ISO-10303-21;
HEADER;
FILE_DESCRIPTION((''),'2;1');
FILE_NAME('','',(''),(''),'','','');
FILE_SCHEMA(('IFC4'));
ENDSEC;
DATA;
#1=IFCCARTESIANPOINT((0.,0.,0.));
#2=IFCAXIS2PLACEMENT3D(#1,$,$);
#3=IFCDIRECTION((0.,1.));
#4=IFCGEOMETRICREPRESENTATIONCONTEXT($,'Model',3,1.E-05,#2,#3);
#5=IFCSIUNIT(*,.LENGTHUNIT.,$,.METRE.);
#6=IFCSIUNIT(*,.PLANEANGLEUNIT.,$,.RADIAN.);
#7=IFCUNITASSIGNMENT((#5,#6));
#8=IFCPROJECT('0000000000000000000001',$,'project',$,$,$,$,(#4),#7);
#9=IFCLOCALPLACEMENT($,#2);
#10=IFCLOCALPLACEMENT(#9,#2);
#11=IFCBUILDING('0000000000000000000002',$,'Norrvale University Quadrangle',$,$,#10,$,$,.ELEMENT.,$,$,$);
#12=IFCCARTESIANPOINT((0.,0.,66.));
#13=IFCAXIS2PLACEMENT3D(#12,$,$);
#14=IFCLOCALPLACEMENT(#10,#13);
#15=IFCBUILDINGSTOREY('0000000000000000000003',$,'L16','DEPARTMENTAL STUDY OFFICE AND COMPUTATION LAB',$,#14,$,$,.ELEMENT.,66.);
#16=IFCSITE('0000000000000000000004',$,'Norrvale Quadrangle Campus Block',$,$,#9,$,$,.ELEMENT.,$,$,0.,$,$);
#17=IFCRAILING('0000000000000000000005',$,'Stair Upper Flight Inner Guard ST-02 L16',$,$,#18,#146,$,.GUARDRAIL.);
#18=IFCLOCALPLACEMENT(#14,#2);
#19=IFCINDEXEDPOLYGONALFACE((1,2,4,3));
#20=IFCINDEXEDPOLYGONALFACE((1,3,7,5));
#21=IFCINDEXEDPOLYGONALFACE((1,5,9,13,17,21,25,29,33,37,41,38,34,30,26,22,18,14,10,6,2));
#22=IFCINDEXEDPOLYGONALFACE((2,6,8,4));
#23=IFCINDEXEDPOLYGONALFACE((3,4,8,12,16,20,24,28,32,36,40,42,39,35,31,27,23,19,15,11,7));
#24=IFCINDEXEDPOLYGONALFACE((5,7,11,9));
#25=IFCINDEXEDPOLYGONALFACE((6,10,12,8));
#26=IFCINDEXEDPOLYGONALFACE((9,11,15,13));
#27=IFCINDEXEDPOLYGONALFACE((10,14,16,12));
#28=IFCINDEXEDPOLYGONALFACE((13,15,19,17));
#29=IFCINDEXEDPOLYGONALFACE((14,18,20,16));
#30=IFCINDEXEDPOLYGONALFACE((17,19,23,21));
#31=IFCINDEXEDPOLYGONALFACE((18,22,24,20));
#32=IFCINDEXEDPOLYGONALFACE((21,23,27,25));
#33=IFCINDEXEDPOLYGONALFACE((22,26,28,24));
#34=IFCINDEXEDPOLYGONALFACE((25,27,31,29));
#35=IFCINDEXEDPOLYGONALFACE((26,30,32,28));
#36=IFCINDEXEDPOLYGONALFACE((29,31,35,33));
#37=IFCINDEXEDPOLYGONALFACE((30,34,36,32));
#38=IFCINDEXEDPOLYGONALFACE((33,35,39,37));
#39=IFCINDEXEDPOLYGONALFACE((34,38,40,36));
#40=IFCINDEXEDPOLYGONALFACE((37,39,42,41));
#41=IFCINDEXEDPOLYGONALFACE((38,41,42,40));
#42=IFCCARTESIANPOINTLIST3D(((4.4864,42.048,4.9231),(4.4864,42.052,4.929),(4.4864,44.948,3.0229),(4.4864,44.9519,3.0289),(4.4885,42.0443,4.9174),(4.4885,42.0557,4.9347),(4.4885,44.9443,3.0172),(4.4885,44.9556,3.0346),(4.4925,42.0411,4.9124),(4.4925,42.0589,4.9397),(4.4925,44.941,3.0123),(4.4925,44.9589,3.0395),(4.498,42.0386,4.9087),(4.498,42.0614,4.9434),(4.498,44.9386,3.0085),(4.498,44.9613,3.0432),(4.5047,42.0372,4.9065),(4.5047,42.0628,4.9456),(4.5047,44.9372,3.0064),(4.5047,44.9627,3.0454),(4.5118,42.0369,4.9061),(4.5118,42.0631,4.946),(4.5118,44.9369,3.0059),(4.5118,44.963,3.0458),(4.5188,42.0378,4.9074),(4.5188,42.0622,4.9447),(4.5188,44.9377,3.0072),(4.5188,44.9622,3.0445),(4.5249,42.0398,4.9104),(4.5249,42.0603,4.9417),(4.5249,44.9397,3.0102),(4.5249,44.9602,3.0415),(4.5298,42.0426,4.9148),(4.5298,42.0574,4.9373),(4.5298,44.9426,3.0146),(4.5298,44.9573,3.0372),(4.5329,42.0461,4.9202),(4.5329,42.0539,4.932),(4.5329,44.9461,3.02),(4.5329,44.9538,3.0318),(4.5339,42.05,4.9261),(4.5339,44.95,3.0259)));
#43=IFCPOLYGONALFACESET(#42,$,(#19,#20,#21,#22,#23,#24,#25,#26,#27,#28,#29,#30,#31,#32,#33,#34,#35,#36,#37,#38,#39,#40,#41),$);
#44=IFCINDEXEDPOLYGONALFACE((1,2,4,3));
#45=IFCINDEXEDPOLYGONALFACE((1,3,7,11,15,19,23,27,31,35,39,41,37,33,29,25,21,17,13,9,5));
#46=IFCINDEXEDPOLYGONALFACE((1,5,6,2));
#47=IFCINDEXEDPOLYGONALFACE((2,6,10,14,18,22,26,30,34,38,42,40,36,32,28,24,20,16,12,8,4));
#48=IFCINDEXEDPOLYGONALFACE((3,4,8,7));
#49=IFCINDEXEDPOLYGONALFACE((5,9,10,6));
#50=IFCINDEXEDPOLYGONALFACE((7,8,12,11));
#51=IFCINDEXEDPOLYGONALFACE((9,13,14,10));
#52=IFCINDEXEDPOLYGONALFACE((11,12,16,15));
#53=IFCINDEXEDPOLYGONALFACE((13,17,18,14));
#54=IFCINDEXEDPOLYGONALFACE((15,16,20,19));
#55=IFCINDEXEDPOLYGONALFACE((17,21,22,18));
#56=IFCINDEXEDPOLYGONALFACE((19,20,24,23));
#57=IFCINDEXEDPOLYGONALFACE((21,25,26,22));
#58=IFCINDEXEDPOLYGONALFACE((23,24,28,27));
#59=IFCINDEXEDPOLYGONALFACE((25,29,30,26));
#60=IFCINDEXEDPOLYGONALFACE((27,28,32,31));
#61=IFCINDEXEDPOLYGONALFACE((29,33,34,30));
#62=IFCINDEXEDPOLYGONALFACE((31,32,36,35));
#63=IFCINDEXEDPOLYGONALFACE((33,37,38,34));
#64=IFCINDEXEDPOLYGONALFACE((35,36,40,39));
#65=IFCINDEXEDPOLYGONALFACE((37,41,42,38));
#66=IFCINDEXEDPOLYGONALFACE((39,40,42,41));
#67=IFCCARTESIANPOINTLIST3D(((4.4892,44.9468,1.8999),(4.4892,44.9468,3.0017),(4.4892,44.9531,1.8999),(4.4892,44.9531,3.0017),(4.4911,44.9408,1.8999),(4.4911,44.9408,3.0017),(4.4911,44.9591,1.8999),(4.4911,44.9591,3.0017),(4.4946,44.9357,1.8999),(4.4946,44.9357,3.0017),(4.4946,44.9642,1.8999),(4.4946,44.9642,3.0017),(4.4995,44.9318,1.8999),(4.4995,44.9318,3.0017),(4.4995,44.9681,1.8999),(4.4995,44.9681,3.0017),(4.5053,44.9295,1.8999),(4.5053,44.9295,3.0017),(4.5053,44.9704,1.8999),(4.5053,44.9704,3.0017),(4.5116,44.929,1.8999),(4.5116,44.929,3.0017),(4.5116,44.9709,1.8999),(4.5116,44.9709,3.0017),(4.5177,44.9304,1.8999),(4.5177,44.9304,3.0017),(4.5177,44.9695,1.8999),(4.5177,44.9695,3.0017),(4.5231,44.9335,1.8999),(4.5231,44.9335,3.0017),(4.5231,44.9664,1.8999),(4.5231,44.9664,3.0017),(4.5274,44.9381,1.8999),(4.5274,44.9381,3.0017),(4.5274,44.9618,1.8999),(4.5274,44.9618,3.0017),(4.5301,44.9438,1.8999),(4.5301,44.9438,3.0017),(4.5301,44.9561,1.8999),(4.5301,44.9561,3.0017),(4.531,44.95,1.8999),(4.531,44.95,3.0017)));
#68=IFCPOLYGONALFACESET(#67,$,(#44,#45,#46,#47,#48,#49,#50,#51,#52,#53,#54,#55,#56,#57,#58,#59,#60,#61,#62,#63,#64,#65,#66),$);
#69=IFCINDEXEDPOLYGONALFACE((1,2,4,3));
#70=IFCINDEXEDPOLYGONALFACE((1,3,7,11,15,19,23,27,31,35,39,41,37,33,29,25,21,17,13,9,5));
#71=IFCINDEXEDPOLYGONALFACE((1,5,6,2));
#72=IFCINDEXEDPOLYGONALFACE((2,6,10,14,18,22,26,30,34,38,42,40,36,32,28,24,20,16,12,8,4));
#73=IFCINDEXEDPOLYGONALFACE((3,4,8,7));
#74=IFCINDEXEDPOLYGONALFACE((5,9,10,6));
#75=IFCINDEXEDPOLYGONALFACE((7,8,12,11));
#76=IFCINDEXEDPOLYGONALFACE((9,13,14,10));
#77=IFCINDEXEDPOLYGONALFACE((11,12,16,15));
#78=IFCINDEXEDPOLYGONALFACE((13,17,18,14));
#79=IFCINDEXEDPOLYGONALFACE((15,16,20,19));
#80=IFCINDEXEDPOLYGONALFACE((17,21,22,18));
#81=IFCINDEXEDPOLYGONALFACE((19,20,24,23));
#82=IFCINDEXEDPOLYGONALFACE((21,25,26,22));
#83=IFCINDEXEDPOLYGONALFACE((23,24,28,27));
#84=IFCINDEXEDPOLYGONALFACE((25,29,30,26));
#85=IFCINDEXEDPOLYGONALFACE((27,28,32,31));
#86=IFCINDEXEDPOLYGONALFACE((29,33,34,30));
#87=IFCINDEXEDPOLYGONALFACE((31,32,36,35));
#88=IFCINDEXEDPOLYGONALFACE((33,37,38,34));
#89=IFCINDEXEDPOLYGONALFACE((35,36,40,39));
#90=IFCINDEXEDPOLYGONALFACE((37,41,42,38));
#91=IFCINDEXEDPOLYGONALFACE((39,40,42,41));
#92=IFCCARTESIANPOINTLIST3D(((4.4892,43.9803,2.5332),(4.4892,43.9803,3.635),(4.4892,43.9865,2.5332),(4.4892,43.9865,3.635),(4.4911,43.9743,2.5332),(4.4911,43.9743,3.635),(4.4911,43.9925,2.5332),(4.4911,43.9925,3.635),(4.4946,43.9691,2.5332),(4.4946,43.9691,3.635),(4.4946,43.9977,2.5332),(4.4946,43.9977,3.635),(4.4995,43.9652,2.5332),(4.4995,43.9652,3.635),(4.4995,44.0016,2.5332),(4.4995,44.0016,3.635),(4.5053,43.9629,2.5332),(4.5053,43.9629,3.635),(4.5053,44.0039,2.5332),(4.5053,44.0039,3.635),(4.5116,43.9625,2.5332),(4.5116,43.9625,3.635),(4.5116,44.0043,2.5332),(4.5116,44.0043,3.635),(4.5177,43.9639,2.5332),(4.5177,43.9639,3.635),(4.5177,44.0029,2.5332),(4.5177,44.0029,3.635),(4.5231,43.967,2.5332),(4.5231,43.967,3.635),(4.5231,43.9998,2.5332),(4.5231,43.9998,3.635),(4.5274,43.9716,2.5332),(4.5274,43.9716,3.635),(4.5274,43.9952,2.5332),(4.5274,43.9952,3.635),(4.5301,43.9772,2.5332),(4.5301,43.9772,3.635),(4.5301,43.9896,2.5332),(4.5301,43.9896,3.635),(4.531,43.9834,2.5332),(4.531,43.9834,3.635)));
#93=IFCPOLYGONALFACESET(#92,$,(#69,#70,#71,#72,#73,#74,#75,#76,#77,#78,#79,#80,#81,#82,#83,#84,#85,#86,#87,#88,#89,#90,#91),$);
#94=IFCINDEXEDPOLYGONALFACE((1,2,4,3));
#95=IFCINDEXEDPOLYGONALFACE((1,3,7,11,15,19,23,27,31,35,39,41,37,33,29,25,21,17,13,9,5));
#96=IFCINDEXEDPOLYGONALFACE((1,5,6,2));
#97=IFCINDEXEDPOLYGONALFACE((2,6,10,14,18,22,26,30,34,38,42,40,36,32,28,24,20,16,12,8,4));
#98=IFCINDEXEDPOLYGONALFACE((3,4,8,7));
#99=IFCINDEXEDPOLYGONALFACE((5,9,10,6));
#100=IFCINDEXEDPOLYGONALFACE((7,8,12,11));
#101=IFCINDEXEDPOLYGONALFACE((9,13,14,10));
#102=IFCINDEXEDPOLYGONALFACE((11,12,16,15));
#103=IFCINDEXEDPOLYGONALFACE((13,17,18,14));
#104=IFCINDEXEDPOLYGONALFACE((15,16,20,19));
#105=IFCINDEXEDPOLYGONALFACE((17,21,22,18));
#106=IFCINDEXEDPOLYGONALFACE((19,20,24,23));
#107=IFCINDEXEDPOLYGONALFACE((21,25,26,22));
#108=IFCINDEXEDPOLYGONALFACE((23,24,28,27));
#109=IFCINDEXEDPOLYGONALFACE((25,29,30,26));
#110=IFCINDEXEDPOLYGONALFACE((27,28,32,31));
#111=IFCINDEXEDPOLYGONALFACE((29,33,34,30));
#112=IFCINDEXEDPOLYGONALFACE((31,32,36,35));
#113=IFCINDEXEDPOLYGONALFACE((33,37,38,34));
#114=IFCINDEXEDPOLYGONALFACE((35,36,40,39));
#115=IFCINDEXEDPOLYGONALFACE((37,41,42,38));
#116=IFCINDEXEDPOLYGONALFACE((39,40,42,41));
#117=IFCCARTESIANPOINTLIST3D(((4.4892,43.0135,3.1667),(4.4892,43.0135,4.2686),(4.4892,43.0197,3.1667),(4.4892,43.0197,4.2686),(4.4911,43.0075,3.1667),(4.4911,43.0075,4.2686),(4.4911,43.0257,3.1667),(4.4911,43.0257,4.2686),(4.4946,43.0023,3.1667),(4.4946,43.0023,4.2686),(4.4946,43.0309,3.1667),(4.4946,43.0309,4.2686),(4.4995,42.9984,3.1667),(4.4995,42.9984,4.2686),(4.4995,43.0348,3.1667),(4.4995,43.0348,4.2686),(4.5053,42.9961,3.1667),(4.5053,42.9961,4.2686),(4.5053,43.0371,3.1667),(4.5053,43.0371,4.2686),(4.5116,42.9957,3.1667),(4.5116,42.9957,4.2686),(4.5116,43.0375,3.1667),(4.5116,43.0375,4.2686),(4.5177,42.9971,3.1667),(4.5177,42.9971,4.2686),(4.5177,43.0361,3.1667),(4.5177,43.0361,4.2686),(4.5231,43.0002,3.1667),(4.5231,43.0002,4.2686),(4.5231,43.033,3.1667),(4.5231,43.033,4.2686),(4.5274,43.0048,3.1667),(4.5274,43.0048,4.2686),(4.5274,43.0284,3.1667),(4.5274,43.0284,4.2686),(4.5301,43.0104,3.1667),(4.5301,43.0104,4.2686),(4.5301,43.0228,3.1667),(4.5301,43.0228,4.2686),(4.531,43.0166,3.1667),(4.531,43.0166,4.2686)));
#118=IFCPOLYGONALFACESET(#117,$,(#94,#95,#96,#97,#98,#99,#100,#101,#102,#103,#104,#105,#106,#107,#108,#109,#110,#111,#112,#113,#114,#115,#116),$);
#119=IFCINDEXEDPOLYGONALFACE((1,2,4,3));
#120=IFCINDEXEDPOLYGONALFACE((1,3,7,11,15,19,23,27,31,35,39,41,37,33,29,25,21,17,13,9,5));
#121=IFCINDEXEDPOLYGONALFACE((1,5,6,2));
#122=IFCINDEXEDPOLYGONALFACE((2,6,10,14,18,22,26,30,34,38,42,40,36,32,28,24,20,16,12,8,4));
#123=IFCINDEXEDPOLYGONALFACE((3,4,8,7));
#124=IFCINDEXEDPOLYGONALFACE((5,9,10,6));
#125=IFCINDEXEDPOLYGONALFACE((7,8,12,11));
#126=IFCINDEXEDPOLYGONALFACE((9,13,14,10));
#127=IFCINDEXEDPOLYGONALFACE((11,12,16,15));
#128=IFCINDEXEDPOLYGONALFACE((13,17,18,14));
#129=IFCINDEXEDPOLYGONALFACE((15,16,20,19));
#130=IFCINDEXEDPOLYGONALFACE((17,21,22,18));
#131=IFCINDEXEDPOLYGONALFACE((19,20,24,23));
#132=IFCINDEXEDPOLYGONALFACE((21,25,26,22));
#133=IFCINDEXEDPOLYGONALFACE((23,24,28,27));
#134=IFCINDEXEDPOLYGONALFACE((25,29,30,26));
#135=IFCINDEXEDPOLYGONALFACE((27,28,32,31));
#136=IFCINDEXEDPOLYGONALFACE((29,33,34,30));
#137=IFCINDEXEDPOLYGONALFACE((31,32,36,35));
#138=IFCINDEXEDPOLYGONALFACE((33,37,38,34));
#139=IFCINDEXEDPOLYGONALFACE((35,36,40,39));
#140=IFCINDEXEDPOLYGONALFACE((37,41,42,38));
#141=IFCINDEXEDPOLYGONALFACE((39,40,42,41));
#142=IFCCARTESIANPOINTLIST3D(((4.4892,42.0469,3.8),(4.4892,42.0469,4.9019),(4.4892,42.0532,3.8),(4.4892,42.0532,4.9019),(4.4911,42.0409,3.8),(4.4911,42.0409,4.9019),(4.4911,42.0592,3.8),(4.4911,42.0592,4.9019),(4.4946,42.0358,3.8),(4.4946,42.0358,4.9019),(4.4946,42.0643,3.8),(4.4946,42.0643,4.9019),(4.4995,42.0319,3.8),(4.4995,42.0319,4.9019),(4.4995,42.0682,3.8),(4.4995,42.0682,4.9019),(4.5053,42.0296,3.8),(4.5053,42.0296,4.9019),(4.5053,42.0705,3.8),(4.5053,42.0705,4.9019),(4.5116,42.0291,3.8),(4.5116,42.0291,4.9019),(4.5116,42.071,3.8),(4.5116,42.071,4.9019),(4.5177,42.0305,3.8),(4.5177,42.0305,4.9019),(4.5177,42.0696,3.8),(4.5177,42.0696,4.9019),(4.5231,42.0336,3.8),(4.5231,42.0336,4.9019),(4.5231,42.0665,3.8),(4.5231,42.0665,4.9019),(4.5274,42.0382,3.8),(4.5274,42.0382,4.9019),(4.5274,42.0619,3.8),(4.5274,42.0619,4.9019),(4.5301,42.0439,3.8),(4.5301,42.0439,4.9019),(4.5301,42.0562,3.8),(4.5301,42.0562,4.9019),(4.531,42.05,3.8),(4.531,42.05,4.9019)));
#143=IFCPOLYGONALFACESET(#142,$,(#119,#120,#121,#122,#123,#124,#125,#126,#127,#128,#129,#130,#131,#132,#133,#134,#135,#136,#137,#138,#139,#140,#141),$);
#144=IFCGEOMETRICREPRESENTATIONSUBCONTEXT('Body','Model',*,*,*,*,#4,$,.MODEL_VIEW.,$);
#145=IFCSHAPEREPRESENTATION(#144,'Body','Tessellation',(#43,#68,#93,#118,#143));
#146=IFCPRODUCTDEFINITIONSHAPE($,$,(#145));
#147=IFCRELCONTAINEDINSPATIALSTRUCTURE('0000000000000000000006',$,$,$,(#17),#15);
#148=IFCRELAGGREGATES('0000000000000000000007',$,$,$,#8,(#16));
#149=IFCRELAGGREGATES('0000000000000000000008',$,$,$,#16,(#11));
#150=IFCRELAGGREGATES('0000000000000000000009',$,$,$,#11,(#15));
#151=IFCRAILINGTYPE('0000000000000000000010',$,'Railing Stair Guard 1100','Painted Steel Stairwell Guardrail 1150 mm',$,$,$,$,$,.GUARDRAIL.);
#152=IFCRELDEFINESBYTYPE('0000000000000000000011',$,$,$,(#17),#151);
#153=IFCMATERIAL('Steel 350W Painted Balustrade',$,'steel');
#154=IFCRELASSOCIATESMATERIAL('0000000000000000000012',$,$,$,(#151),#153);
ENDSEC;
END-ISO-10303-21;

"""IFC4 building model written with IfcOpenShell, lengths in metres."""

from ifc_helpers import new_model, si_unit, direction, frame, origin, origin_2d, place, context, subcontext, project, spatial, circle, extrude, material, type_object, element, save


model = new_model("IFC4")

# Units and contexts
model_context = context("Model", 3, precision=1e-05, world=origin(), true_north=direction((0.0, 1.0)))
body_context = subcontext(model_context, "Body", "Model", "MODEL_VIEW")
ifc_project = project(units=[si_unit("LENGTHUNIT", "METRE"), si_unit("PLANEANGLEUNIT", "RADIAN")], contexts=[model_context])

# Site, building, storey
site_placement = place(None, origin())
site = spatial("IfcSite", under=ifc_project, at=site_placement, Name="Norrvale Quadrangle Campus Block", CompositionType="ELEMENT", RefElevation=0.0)
building_placement = place(site_placement, origin())
building = spatial("IfcBuilding", under=site, at=building_placement, Name="Norrvale University Quadrangle", CompositionType="ELEMENT")
storey_placement = place(building_placement, frame((0.0, 0.0, 66.0)))
storey = spatial("IfcBuildingStorey", under=building, at=storey_placement, Name="L16", Description="DEPARTMENTAL STUDY OFFICE AND COMPUTATION LAB", CompositionType="ELEMENT", Elevation=66.0)

# Railing
ifc_material_1 = material(Name="Steel 350W Painted Balustrade", Category="steel")
railing_type_1 = type_object("IfcRailingType", Name="Railing Stair Guard 1100", Description="Painted Steel Stairwell Guardrail 1150 mm", PredefinedType="GUARDRAIL", material=ifc_material_1)
railing_1_placement = place(storey_placement, frame((4.51, 44.95, 1.8999)))
element("IfcRailing", 1, at=railing_1_placement, inside=storey, type_object=railing_type_1, Name="Stair Upper Flight Inner Guard ST-02 L16", PredefinedType="GUARDRAIL", context=body_context, shape_type="SweptSolid", body=[
    extrude(circle(Radius=0.0239, at=origin_2d()), frame((0.0, 0.0, 1.126), z_axis=(0.0, -0.836433, 0.548069), x_axis=(1.0, 0.0, 0.0)), (0.0, 0.0, 1.0), 3.467),
    extrude(circle(Radius=0.021, at=origin_2d()), origin(), (0.0, 0.0, 1.0), 1.1018),
    extrude(circle(Radius=0.021, at=origin_2d()), frame((0.0, -0.9666, 0.6333)), (0.0, 0.0, 1.0), 1.1018),
    extrude(circle(Radius=0.021, at=origin_2d()), frame((0.0, -1.9333, 1.2668)), (0.0, 0.0, 1.0), 1.1018),
    extrude(circle(Radius=0.021, at=origin_2d()), frame((0.0, -2.8999, 1.9001)), (0.0, 0.0, 1.0), 1.1018),
])

save(model, "model.ifc")
